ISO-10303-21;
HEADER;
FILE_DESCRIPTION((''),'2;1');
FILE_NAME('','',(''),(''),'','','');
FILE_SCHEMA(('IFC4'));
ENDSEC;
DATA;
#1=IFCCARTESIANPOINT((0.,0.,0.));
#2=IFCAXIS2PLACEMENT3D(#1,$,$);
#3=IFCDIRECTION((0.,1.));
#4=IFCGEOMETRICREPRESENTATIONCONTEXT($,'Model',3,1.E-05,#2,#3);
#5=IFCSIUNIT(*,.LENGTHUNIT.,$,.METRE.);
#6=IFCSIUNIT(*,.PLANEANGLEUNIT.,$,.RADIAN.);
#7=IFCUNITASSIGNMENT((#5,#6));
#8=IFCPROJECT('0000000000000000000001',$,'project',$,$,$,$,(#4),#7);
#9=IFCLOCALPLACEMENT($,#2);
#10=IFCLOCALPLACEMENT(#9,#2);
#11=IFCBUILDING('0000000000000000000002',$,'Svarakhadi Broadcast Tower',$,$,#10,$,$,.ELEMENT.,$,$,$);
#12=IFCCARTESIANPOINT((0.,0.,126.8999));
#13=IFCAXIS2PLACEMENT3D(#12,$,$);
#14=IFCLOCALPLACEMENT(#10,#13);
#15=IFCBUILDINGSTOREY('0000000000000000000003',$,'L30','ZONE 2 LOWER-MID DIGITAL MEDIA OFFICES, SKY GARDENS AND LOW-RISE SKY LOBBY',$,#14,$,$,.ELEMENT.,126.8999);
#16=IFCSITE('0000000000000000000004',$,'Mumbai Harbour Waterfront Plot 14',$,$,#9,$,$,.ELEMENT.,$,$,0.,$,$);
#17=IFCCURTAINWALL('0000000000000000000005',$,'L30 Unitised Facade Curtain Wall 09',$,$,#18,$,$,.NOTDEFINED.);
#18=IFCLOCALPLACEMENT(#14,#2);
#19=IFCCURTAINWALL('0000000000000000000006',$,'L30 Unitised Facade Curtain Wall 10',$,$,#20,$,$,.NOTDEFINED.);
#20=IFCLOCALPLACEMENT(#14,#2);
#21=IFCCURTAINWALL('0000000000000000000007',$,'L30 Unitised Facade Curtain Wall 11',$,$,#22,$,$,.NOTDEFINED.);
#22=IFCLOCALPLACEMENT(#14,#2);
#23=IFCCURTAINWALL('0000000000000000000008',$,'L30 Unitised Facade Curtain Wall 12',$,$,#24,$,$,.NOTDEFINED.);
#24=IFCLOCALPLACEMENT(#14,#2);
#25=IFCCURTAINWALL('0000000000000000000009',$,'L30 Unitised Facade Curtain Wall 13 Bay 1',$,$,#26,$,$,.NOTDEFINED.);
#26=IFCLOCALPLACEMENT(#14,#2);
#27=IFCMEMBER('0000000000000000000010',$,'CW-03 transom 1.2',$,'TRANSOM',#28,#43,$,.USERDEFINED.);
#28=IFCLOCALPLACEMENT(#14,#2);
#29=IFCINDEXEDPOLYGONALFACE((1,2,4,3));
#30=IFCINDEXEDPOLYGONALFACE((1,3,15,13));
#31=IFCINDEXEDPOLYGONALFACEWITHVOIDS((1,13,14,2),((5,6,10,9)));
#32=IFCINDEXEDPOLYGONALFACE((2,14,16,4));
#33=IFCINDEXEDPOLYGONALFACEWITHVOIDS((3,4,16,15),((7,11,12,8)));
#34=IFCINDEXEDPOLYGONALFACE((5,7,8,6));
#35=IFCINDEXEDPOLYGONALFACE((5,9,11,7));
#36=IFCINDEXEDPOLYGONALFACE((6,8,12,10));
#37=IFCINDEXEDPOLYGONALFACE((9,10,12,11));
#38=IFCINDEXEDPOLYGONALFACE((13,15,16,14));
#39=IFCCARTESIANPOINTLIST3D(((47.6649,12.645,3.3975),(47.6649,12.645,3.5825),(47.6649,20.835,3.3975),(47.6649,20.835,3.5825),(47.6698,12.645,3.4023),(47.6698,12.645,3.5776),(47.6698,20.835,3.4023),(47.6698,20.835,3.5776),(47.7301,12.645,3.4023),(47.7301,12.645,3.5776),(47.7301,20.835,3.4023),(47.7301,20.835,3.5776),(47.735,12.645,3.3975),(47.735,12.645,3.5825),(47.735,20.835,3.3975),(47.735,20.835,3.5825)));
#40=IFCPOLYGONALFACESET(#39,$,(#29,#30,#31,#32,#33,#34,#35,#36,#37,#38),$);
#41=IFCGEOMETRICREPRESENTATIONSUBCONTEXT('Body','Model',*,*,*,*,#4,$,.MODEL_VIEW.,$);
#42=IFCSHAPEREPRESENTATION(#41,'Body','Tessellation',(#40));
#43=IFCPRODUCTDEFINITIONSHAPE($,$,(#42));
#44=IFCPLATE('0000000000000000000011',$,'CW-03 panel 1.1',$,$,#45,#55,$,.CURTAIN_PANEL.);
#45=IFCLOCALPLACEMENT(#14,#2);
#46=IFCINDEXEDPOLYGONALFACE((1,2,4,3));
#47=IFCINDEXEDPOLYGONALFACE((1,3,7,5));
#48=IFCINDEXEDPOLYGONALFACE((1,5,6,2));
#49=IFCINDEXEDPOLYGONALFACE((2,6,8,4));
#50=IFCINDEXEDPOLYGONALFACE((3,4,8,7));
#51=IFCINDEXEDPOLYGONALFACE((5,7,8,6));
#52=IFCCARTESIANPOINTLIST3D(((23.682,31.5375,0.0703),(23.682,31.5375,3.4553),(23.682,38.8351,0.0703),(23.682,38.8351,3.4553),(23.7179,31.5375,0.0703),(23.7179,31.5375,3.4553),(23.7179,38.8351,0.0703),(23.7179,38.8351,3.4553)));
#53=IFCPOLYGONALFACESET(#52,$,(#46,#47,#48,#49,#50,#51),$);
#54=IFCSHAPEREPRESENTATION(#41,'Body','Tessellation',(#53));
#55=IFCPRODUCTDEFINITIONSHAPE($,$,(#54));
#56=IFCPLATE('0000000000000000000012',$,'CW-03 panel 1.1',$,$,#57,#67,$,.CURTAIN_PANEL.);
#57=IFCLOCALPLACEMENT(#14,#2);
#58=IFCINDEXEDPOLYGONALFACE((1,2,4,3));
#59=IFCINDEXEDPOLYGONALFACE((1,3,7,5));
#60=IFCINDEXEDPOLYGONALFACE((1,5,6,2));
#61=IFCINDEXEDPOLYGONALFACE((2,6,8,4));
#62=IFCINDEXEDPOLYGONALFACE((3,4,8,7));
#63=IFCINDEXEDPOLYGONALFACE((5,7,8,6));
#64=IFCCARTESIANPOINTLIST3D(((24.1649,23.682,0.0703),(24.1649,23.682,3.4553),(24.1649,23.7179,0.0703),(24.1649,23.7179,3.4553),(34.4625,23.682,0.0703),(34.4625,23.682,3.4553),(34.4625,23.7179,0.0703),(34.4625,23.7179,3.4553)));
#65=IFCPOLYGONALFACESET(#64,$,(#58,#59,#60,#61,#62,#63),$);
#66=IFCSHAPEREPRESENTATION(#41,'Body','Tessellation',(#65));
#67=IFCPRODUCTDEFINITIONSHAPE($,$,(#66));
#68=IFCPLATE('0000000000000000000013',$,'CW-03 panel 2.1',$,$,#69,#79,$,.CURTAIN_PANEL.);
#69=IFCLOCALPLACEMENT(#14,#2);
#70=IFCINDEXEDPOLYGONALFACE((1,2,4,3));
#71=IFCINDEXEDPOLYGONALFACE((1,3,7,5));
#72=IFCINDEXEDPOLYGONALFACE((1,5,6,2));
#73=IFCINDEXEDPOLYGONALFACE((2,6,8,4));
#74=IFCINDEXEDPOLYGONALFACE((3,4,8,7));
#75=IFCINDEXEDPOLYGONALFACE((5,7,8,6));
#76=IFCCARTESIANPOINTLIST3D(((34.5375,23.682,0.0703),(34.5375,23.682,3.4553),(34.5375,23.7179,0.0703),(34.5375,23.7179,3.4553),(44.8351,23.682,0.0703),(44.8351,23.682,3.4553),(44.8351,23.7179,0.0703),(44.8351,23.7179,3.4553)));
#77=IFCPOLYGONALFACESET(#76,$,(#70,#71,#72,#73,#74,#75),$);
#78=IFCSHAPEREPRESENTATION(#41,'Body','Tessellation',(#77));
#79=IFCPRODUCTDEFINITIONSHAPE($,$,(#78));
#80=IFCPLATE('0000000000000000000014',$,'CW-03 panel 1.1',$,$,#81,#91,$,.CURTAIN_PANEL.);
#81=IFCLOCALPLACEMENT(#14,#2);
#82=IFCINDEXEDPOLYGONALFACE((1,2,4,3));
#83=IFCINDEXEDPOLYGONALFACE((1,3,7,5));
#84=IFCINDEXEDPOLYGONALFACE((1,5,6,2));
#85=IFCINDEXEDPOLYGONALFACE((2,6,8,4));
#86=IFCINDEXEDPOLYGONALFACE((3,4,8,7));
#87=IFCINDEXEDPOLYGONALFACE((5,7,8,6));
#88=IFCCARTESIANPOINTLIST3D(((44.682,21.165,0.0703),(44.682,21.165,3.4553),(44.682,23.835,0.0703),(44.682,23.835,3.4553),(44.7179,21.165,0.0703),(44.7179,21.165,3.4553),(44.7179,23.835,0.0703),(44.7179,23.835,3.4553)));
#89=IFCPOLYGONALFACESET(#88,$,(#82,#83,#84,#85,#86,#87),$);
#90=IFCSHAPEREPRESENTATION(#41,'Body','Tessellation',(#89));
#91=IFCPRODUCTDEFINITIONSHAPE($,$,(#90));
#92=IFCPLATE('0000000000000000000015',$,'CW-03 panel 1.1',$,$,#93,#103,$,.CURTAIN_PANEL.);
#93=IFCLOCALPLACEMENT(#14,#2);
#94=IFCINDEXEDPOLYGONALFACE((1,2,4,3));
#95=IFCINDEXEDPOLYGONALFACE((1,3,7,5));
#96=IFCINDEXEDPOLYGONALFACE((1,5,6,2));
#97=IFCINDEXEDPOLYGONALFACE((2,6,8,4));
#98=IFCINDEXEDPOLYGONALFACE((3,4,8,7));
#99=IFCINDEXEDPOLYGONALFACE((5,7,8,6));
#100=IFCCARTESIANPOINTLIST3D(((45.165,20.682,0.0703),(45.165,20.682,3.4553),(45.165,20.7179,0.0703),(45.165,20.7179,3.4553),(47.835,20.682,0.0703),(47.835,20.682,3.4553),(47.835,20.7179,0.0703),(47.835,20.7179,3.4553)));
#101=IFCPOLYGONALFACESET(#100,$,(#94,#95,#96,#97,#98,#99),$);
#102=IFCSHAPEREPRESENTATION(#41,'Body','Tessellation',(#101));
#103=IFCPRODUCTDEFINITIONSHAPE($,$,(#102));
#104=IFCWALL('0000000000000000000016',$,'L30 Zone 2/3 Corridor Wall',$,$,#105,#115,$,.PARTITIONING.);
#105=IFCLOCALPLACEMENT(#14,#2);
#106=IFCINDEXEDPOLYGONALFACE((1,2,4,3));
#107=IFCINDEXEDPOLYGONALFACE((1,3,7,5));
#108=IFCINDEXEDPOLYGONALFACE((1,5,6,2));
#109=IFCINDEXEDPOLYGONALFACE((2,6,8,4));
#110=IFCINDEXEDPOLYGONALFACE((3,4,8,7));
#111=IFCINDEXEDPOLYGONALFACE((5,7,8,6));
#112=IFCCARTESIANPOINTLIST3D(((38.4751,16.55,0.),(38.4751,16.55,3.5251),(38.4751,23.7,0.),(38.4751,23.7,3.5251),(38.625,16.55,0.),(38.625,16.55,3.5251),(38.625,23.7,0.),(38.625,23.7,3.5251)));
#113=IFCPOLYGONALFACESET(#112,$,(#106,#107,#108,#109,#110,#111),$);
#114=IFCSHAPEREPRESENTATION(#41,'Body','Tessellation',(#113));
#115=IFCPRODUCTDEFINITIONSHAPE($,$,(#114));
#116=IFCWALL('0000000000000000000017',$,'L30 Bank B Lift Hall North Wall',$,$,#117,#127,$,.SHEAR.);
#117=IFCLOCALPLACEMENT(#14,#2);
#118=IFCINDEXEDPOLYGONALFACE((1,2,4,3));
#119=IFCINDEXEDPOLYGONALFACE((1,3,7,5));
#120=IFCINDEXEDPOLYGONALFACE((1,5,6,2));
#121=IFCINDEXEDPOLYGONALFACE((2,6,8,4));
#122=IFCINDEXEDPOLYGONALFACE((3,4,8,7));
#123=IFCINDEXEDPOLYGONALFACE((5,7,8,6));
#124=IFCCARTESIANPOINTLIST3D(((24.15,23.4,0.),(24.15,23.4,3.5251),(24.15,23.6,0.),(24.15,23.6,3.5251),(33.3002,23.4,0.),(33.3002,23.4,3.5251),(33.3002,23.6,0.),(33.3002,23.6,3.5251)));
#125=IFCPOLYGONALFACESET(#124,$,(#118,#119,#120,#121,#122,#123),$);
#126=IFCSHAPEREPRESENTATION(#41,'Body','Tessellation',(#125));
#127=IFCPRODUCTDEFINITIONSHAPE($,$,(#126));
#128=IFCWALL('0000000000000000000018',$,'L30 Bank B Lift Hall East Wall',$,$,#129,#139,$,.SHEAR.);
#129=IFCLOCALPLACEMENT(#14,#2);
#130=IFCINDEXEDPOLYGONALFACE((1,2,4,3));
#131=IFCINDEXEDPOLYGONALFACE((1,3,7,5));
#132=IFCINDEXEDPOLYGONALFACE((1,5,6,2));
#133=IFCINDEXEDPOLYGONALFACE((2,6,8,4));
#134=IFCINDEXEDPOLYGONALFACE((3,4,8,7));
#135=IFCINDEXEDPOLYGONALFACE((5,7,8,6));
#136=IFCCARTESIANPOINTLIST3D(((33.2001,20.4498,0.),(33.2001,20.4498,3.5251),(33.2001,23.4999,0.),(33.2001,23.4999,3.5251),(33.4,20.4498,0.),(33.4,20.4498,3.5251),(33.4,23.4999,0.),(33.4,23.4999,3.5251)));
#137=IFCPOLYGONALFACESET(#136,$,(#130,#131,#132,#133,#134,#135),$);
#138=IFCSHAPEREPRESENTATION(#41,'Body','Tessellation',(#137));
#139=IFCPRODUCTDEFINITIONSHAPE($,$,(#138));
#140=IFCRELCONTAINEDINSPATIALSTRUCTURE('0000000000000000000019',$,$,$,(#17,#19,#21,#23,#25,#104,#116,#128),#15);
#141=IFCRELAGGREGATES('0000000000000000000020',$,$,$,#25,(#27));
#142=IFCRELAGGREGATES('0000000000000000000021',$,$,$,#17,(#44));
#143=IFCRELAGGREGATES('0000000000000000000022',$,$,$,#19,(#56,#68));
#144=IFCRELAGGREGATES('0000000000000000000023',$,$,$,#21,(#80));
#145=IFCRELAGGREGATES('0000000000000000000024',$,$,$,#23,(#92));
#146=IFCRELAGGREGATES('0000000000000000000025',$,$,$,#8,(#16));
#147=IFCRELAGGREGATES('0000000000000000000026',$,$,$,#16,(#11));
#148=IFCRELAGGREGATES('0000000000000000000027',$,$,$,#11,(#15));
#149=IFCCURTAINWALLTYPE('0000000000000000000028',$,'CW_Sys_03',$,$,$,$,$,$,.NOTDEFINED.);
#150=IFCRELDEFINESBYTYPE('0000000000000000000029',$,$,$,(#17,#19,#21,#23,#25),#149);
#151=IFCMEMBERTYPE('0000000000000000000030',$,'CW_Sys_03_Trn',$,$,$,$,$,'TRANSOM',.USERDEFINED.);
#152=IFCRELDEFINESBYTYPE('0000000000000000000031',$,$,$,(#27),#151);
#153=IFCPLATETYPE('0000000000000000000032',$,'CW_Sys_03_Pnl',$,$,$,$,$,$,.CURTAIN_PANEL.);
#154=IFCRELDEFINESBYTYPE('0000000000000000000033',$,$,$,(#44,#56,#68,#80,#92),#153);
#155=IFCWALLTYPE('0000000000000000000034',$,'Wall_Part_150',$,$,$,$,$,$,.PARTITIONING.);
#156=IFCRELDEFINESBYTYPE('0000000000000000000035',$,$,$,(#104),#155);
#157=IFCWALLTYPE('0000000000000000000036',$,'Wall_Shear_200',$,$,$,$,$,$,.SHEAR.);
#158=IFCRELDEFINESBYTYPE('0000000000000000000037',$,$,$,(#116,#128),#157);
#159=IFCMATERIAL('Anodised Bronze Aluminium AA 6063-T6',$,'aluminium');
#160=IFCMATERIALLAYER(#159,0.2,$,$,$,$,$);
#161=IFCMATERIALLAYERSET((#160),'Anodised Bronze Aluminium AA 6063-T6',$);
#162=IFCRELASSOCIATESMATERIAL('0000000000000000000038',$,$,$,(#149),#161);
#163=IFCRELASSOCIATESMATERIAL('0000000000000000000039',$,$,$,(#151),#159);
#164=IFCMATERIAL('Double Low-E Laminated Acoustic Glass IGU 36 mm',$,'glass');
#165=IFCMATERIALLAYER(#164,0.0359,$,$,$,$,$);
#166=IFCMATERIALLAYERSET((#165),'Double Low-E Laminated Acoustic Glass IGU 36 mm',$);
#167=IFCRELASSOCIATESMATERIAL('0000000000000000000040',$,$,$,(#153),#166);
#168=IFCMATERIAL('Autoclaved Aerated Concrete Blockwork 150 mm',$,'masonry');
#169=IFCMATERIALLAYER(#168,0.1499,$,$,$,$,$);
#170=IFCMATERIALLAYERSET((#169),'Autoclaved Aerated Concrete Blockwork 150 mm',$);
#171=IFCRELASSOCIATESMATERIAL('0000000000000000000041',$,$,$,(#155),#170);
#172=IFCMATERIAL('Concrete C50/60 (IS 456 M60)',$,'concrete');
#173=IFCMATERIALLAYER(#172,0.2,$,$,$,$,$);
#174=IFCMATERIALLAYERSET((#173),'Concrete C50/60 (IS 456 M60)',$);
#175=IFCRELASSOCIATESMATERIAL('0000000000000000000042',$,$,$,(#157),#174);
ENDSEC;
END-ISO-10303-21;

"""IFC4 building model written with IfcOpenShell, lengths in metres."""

from ifc_helpers import new_model, si_unit, direction, frame, frame_2d, origin, origin_2d, place, context, subcontext, project, spatial, rectangle, hollow_rectangle, extrude, material, layer, layer_set, material_profile, profile_set, type_object, element, aggregate, save


model = new_model("IFC4")

# Units and contexts
model_context = context("Model", 3, precision=1e-05, world=origin(), true_north=direction((0.0, 1.0)))
body_context = subcontext(model_context, "Body", "Model", "MODEL_VIEW")
ifc_project = project(units=[si_unit("LENGTHUNIT", "METRE"), si_unit("PLANEANGLEUNIT", "RADIAN")], contexts=[model_context])

# Site, building, storey
site_placement = place(None, origin())
site = spatial("IfcSite", under=ifc_project, at=site_placement, Name="Mumbai Harbour Waterfront Plot 14", CompositionType="ELEMENT", RefElevation=0.0)
building_placement = place(site_placement, origin())
building = spatial("IfcBuilding", under=site, at=building_placement, Name="Svarakhadi Broadcast Tower", CompositionType="ELEMENT")
storey_placement = place(building_placement, frame((0.0, 0.0, 126.8999)))
storey = spatial("IfcBuildingStorey", under=building, at=storey_placement, Name="L30", Description="ZONE 2 LOWER-MID DIGITAL MEDIA OFFICES, SKY GARDENS AND LOW-RISE SKY LOBBY", CompositionType="ELEMENT", Elevation=126.8999)

# Shared definitions
ifc_material_1 = material(Name="Anodised Bronze Aluminium AA 6063-T6", Category="aluminium")
ifc_layer_1 = layer(ifc_material_1, 0.2)
ifc_layer_set_1 = layer_set([ifc_layer_1], Name="Anodised Bronze Aluminium AA 6063-T6")
curtain_wall_type = type_object("IfcCurtainWallType", Name="CW_Sys_03", PredefinedType="NOTDEFINED", material=ifc_layer_set_1)

# Curtain walls
curtain_wall_1_placement = place(storey_placement, origin())
curtain_wall_1 = element("IfcCurtainWall", 1, at=curtain_wall_1_placement, inside=storey, type_object=curtain_wall_type, Name="L30 Unitised Facade Curtain Wall 09", PredefinedType="NOTDEFINED")
curtain_wall_2_placement = place(storey_placement, origin())
curtain_wall_2 = element("IfcCurtainWall", 2, at=curtain_wall_2_placement, inside=storey, type_object=curtain_wall_type, Name="L30 Unitised Facade Curtain Wall 10", PredefinedType="NOTDEFINED")
curtain_wall_3_placement = place(storey_placement, origin())
curtain_wall_3 = element("IfcCurtainWall", 3, at=curtain_wall_3_placement, inside=storey, type_object=curtain_wall_type, Name="L30 Unitised Facade Curtain Wall 11", PredefinedType="NOTDEFINED")
curtain_wall_4_placement = place(storey_placement, origin())
curtain_wall_4 = element("IfcCurtainWall", 4, at=curtain_wall_4_placement, inside=storey, type_object=curtain_wall_type, Name="L30 Unitised Facade Curtain Wall 12", PredefinedType="NOTDEFINED")

# Curtain wall
curtain_wall_5_placement = place(storey_placement, origin())
curtain_wall_5 = element("IfcCurtainWall", 5, at=curtain_wall_5_placement, inside=storey, type_object=curtain_wall_type, Name="L30 Unitised Facade Curtain Wall 13 Bay 1", PredefinedType="NOTDEFINED")

# Member
ifc_material_profile_1 = material_profile(ifc_material_1, hollow_rectangle(XDim=0.0701, YDim=0.1851, WallThickness=0.0049, at=origin_2d()), Name="ALU TRANSOM 185x70x5")
ifc_profile_set_1 = profile_set([ifc_material_profile_1], Name="Anodised Bronze Aluminium AA 6063-T6")
member_type_1 = type_object("IfcMemberType", Name="CW_Sys_03_Trn", ElementType="TRANSOM", PredefinedType="USERDEFINED", material=ifc_profile_set_1)
member_1_placement = place(storey_placement, frame((47.7, 20.835, 3.49), z_axis=(0.0, -1.0, 0.0), x_axis=(1.0, 0.0, 0.0)))
member_1 = element("IfcMember", 6, at=member_1_placement, type_object=member_type_1, Name="CW-03 transom 1.2", ObjectType="TRANSOM", PredefinedType="USERDEFINED", context=body_context, shape_type="SweptSolid", body=[
    extrude(hollow_rectangle(XDim=0.0701, YDim=0.1851, WallThickness=0.0049, at=origin_2d()), origin(), (0.0, 0.0, 1.0), 8.1899),
])
aggregate(curtain_wall_5, [member_1])

# Plates
ifc_material_2 = material(Name="Double Low-E Laminated Acoustic Glass IGU 36 mm", Category="glass")
ifc_layer_2 = layer(ifc_material_2, 0.0359)
ifc_layer_set_2 = layer_set([ifc_layer_2], Name="Double Low-E Laminated Acoustic Glass IGU 36 mm")
plate_type = type_object("IfcPlateType", Name="CW_Sys_03_Pnl", PredefinedType="CURTAIN_PANEL", material=ifc_layer_set_2)
plate_1_placement = place(storey_placement, frame((23.7, 35.1863, 0.0703), z_axis=(0.0, 0.0, 1.0), x_axis=(0.0, -1.0, 0.0)))
plate_1 = element("IfcPlate", 7, at=plate_1_placement, type_object=plate_type, Name="CW-03 panel 1.1", PredefinedType="CURTAIN_PANEL", context=body_context, shape_type="SweptSolid", body=[
    extrude(rectangle(XDim=7.2976, YDim=0.0359, at=origin_2d()), origin(), (0.0, 0.0, 1.0), 3.385),
])
aggregate(curtain_wall_1, [plate_1])
plate_2_placement = place(storey_placement, frame((29.3137, 23.7, 0.0703), z_axis=(0.0, 0.0, 1.0), x_axis=(1.0, 0.0, 0.0)))
plate_2 = element("IfcPlate", 8, at=plate_2_placement, type_object=plate_type, Name="CW-03 panel 1.1", PredefinedType="CURTAIN_PANEL", context=body_context, shape_type="SweptSolid", body=[
    extrude(rectangle(XDim=10.2976, YDim=0.0359, at=origin_2d()), origin(), (0.0, 0.0, 1.0), 3.385),
])
plate_3_placement = place(storey_placement, frame((39.6863, 23.7, 0.0703), z_axis=(0.0, 0.0, 1.0), x_axis=(1.0, 0.0, 0.0)))
plate_3 = element("IfcPlate", 9, at=plate_3_placement, type_object=plate_type, Name="CW-03 panel 2.1", PredefinedType="CURTAIN_PANEL", context=body_context, shape_type="SweptSolid", body=[
    extrude(rectangle(XDim=10.2976, YDim=0.0359, at=origin_2d()), origin(), (0.0, 0.0, 1.0), 3.385),
])
aggregate(curtain_wall_2, [plate_2, plate_3])
plate_4_placement = place(storey_placement, frame((44.7, 22.5, 0.0703), z_axis=(0.0, 0.0, 1.0), x_axis=(0.0, -1.0, 0.0)))
plate_4 = element("IfcPlate", 10, at=plate_4_placement, type_object=plate_type, Name="CW-03 panel 1.1", PredefinedType="CURTAIN_PANEL", context=body_context, shape_type="SweptSolid", body=[
    extrude(rectangle(XDim=2.6699, YDim=0.0359, at=origin_2d()), origin(), (0.0, 0.0, 1.0), 3.385),
])
aggregate(curtain_wall_3, [plate_4])
plate_5_placement = place(storey_placement, frame((46.5, 20.7, 0.0703), z_axis=(0.0, 0.0, 1.0), x_axis=(1.0, 0.0, 0.0)))
plate_5 = element("IfcPlate", 11, at=plate_5_placement, type_object=plate_type, Name="CW-03 panel 1.1", PredefinedType="CURTAIN_PANEL", context=body_context, shape_type="SweptSolid", body=[
    extrude(rectangle(XDim=2.6699, YDim=0.0359, at=origin_2d()), origin(), (0.0, 0.0, 1.0), 3.385),
])
aggregate(curtain_wall_4, [plate_5])

# Walls
ifc_material_3 = material(Name="Autoclaved Aerated Concrete Blockwork 150 mm", Category="masonry")
ifc_layer_3 = layer(ifc_material_3, 0.1499)
ifc_layer_set_3 = layer_set([ifc_layer_3], Name="Autoclaved Aerated Concrete Blockwork 150 mm")
wall_type_1 = type_object("IfcWallType", Name="Wall_Part_150", PredefinedType="PARTITIONING", material=ifc_layer_set_3)
wall_1_placement = place(storey_placement, frame((38.55, 23.7, 0.0), z_axis=(0.0, 0.0, 1.0), x_axis=(0.0, -1.0, 0.0)))
element("IfcWall", 12, at=wall_1_placement, inside=storey, type_object=wall_type_1, Name="L30 Zone 2/3 Corridor Wall", PredefinedType="PARTITIONING", context=body_context, shape_type="SweptSolid", body=[
    extrude(rectangle(XDim=7.1499, YDim=0.1499, at=frame_2d((3.575, 0.0))), origin(), (0.0, 0.0, 1.0), 3.5251),
])
ifc_material_4 = material(Name="Concrete C50/60 (IS 456 M60)", Category="concrete")
ifc_layer_4 = layer(ifc_material_4, 0.2)
ifc_layer_set_4 = layer_set([ifc_layer_4], Name="Concrete C50/60 (IS 456 M60)")
wall_type_2 = type_object("IfcWallType", Name="Wall_Shear_200", PredefinedType="SHEAR", material=ifc_layer_set_4)
wall_2_placement = place(storey_placement, frame((24.1499, 23.5, 0.0), z_axis=(0.0, 0.0, 1.0), x_axis=(1.0, 0.0, 0.0)))
element("IfcWall", 13, at=wall_2_placement, inside=storey, type_object=wall_type_2, Name="L30 Bank B Lift Hall North Wall", PredefinedType="SHEAR", context=body_context, shape_type="SweptSolid", body=[
    extrude(rectangle(XDim=9.1501, YDim=0.2, at=frame_2d((4.5752, 0.0))), origin(), (0.0, 0.0, 1.0), 3.5251),
])
wall_3_placement = place(storey_placement, frame((33.3, 20.45, 0.0), z_axis=(0.0, 0.0, 1.0), x_axis=(0.0, 1.0, 0.0)))
element("IfcWall", 14, at=wall_3_placement, inside=storey, type_object=wall_type_2, Name="L30 Bank B Lift Hall East Wall", PredefinedType="SHEAR", context=body_context, shape_type="SweptSolid", body=[
    extrude(rectangle(XDim=3.05, YDim=0.2, at=frame_2d((1.5249, 0.0))), origin(), (0.0, 0.0, 1.0), 3.5251),
])

save(model, "model.ifc")
